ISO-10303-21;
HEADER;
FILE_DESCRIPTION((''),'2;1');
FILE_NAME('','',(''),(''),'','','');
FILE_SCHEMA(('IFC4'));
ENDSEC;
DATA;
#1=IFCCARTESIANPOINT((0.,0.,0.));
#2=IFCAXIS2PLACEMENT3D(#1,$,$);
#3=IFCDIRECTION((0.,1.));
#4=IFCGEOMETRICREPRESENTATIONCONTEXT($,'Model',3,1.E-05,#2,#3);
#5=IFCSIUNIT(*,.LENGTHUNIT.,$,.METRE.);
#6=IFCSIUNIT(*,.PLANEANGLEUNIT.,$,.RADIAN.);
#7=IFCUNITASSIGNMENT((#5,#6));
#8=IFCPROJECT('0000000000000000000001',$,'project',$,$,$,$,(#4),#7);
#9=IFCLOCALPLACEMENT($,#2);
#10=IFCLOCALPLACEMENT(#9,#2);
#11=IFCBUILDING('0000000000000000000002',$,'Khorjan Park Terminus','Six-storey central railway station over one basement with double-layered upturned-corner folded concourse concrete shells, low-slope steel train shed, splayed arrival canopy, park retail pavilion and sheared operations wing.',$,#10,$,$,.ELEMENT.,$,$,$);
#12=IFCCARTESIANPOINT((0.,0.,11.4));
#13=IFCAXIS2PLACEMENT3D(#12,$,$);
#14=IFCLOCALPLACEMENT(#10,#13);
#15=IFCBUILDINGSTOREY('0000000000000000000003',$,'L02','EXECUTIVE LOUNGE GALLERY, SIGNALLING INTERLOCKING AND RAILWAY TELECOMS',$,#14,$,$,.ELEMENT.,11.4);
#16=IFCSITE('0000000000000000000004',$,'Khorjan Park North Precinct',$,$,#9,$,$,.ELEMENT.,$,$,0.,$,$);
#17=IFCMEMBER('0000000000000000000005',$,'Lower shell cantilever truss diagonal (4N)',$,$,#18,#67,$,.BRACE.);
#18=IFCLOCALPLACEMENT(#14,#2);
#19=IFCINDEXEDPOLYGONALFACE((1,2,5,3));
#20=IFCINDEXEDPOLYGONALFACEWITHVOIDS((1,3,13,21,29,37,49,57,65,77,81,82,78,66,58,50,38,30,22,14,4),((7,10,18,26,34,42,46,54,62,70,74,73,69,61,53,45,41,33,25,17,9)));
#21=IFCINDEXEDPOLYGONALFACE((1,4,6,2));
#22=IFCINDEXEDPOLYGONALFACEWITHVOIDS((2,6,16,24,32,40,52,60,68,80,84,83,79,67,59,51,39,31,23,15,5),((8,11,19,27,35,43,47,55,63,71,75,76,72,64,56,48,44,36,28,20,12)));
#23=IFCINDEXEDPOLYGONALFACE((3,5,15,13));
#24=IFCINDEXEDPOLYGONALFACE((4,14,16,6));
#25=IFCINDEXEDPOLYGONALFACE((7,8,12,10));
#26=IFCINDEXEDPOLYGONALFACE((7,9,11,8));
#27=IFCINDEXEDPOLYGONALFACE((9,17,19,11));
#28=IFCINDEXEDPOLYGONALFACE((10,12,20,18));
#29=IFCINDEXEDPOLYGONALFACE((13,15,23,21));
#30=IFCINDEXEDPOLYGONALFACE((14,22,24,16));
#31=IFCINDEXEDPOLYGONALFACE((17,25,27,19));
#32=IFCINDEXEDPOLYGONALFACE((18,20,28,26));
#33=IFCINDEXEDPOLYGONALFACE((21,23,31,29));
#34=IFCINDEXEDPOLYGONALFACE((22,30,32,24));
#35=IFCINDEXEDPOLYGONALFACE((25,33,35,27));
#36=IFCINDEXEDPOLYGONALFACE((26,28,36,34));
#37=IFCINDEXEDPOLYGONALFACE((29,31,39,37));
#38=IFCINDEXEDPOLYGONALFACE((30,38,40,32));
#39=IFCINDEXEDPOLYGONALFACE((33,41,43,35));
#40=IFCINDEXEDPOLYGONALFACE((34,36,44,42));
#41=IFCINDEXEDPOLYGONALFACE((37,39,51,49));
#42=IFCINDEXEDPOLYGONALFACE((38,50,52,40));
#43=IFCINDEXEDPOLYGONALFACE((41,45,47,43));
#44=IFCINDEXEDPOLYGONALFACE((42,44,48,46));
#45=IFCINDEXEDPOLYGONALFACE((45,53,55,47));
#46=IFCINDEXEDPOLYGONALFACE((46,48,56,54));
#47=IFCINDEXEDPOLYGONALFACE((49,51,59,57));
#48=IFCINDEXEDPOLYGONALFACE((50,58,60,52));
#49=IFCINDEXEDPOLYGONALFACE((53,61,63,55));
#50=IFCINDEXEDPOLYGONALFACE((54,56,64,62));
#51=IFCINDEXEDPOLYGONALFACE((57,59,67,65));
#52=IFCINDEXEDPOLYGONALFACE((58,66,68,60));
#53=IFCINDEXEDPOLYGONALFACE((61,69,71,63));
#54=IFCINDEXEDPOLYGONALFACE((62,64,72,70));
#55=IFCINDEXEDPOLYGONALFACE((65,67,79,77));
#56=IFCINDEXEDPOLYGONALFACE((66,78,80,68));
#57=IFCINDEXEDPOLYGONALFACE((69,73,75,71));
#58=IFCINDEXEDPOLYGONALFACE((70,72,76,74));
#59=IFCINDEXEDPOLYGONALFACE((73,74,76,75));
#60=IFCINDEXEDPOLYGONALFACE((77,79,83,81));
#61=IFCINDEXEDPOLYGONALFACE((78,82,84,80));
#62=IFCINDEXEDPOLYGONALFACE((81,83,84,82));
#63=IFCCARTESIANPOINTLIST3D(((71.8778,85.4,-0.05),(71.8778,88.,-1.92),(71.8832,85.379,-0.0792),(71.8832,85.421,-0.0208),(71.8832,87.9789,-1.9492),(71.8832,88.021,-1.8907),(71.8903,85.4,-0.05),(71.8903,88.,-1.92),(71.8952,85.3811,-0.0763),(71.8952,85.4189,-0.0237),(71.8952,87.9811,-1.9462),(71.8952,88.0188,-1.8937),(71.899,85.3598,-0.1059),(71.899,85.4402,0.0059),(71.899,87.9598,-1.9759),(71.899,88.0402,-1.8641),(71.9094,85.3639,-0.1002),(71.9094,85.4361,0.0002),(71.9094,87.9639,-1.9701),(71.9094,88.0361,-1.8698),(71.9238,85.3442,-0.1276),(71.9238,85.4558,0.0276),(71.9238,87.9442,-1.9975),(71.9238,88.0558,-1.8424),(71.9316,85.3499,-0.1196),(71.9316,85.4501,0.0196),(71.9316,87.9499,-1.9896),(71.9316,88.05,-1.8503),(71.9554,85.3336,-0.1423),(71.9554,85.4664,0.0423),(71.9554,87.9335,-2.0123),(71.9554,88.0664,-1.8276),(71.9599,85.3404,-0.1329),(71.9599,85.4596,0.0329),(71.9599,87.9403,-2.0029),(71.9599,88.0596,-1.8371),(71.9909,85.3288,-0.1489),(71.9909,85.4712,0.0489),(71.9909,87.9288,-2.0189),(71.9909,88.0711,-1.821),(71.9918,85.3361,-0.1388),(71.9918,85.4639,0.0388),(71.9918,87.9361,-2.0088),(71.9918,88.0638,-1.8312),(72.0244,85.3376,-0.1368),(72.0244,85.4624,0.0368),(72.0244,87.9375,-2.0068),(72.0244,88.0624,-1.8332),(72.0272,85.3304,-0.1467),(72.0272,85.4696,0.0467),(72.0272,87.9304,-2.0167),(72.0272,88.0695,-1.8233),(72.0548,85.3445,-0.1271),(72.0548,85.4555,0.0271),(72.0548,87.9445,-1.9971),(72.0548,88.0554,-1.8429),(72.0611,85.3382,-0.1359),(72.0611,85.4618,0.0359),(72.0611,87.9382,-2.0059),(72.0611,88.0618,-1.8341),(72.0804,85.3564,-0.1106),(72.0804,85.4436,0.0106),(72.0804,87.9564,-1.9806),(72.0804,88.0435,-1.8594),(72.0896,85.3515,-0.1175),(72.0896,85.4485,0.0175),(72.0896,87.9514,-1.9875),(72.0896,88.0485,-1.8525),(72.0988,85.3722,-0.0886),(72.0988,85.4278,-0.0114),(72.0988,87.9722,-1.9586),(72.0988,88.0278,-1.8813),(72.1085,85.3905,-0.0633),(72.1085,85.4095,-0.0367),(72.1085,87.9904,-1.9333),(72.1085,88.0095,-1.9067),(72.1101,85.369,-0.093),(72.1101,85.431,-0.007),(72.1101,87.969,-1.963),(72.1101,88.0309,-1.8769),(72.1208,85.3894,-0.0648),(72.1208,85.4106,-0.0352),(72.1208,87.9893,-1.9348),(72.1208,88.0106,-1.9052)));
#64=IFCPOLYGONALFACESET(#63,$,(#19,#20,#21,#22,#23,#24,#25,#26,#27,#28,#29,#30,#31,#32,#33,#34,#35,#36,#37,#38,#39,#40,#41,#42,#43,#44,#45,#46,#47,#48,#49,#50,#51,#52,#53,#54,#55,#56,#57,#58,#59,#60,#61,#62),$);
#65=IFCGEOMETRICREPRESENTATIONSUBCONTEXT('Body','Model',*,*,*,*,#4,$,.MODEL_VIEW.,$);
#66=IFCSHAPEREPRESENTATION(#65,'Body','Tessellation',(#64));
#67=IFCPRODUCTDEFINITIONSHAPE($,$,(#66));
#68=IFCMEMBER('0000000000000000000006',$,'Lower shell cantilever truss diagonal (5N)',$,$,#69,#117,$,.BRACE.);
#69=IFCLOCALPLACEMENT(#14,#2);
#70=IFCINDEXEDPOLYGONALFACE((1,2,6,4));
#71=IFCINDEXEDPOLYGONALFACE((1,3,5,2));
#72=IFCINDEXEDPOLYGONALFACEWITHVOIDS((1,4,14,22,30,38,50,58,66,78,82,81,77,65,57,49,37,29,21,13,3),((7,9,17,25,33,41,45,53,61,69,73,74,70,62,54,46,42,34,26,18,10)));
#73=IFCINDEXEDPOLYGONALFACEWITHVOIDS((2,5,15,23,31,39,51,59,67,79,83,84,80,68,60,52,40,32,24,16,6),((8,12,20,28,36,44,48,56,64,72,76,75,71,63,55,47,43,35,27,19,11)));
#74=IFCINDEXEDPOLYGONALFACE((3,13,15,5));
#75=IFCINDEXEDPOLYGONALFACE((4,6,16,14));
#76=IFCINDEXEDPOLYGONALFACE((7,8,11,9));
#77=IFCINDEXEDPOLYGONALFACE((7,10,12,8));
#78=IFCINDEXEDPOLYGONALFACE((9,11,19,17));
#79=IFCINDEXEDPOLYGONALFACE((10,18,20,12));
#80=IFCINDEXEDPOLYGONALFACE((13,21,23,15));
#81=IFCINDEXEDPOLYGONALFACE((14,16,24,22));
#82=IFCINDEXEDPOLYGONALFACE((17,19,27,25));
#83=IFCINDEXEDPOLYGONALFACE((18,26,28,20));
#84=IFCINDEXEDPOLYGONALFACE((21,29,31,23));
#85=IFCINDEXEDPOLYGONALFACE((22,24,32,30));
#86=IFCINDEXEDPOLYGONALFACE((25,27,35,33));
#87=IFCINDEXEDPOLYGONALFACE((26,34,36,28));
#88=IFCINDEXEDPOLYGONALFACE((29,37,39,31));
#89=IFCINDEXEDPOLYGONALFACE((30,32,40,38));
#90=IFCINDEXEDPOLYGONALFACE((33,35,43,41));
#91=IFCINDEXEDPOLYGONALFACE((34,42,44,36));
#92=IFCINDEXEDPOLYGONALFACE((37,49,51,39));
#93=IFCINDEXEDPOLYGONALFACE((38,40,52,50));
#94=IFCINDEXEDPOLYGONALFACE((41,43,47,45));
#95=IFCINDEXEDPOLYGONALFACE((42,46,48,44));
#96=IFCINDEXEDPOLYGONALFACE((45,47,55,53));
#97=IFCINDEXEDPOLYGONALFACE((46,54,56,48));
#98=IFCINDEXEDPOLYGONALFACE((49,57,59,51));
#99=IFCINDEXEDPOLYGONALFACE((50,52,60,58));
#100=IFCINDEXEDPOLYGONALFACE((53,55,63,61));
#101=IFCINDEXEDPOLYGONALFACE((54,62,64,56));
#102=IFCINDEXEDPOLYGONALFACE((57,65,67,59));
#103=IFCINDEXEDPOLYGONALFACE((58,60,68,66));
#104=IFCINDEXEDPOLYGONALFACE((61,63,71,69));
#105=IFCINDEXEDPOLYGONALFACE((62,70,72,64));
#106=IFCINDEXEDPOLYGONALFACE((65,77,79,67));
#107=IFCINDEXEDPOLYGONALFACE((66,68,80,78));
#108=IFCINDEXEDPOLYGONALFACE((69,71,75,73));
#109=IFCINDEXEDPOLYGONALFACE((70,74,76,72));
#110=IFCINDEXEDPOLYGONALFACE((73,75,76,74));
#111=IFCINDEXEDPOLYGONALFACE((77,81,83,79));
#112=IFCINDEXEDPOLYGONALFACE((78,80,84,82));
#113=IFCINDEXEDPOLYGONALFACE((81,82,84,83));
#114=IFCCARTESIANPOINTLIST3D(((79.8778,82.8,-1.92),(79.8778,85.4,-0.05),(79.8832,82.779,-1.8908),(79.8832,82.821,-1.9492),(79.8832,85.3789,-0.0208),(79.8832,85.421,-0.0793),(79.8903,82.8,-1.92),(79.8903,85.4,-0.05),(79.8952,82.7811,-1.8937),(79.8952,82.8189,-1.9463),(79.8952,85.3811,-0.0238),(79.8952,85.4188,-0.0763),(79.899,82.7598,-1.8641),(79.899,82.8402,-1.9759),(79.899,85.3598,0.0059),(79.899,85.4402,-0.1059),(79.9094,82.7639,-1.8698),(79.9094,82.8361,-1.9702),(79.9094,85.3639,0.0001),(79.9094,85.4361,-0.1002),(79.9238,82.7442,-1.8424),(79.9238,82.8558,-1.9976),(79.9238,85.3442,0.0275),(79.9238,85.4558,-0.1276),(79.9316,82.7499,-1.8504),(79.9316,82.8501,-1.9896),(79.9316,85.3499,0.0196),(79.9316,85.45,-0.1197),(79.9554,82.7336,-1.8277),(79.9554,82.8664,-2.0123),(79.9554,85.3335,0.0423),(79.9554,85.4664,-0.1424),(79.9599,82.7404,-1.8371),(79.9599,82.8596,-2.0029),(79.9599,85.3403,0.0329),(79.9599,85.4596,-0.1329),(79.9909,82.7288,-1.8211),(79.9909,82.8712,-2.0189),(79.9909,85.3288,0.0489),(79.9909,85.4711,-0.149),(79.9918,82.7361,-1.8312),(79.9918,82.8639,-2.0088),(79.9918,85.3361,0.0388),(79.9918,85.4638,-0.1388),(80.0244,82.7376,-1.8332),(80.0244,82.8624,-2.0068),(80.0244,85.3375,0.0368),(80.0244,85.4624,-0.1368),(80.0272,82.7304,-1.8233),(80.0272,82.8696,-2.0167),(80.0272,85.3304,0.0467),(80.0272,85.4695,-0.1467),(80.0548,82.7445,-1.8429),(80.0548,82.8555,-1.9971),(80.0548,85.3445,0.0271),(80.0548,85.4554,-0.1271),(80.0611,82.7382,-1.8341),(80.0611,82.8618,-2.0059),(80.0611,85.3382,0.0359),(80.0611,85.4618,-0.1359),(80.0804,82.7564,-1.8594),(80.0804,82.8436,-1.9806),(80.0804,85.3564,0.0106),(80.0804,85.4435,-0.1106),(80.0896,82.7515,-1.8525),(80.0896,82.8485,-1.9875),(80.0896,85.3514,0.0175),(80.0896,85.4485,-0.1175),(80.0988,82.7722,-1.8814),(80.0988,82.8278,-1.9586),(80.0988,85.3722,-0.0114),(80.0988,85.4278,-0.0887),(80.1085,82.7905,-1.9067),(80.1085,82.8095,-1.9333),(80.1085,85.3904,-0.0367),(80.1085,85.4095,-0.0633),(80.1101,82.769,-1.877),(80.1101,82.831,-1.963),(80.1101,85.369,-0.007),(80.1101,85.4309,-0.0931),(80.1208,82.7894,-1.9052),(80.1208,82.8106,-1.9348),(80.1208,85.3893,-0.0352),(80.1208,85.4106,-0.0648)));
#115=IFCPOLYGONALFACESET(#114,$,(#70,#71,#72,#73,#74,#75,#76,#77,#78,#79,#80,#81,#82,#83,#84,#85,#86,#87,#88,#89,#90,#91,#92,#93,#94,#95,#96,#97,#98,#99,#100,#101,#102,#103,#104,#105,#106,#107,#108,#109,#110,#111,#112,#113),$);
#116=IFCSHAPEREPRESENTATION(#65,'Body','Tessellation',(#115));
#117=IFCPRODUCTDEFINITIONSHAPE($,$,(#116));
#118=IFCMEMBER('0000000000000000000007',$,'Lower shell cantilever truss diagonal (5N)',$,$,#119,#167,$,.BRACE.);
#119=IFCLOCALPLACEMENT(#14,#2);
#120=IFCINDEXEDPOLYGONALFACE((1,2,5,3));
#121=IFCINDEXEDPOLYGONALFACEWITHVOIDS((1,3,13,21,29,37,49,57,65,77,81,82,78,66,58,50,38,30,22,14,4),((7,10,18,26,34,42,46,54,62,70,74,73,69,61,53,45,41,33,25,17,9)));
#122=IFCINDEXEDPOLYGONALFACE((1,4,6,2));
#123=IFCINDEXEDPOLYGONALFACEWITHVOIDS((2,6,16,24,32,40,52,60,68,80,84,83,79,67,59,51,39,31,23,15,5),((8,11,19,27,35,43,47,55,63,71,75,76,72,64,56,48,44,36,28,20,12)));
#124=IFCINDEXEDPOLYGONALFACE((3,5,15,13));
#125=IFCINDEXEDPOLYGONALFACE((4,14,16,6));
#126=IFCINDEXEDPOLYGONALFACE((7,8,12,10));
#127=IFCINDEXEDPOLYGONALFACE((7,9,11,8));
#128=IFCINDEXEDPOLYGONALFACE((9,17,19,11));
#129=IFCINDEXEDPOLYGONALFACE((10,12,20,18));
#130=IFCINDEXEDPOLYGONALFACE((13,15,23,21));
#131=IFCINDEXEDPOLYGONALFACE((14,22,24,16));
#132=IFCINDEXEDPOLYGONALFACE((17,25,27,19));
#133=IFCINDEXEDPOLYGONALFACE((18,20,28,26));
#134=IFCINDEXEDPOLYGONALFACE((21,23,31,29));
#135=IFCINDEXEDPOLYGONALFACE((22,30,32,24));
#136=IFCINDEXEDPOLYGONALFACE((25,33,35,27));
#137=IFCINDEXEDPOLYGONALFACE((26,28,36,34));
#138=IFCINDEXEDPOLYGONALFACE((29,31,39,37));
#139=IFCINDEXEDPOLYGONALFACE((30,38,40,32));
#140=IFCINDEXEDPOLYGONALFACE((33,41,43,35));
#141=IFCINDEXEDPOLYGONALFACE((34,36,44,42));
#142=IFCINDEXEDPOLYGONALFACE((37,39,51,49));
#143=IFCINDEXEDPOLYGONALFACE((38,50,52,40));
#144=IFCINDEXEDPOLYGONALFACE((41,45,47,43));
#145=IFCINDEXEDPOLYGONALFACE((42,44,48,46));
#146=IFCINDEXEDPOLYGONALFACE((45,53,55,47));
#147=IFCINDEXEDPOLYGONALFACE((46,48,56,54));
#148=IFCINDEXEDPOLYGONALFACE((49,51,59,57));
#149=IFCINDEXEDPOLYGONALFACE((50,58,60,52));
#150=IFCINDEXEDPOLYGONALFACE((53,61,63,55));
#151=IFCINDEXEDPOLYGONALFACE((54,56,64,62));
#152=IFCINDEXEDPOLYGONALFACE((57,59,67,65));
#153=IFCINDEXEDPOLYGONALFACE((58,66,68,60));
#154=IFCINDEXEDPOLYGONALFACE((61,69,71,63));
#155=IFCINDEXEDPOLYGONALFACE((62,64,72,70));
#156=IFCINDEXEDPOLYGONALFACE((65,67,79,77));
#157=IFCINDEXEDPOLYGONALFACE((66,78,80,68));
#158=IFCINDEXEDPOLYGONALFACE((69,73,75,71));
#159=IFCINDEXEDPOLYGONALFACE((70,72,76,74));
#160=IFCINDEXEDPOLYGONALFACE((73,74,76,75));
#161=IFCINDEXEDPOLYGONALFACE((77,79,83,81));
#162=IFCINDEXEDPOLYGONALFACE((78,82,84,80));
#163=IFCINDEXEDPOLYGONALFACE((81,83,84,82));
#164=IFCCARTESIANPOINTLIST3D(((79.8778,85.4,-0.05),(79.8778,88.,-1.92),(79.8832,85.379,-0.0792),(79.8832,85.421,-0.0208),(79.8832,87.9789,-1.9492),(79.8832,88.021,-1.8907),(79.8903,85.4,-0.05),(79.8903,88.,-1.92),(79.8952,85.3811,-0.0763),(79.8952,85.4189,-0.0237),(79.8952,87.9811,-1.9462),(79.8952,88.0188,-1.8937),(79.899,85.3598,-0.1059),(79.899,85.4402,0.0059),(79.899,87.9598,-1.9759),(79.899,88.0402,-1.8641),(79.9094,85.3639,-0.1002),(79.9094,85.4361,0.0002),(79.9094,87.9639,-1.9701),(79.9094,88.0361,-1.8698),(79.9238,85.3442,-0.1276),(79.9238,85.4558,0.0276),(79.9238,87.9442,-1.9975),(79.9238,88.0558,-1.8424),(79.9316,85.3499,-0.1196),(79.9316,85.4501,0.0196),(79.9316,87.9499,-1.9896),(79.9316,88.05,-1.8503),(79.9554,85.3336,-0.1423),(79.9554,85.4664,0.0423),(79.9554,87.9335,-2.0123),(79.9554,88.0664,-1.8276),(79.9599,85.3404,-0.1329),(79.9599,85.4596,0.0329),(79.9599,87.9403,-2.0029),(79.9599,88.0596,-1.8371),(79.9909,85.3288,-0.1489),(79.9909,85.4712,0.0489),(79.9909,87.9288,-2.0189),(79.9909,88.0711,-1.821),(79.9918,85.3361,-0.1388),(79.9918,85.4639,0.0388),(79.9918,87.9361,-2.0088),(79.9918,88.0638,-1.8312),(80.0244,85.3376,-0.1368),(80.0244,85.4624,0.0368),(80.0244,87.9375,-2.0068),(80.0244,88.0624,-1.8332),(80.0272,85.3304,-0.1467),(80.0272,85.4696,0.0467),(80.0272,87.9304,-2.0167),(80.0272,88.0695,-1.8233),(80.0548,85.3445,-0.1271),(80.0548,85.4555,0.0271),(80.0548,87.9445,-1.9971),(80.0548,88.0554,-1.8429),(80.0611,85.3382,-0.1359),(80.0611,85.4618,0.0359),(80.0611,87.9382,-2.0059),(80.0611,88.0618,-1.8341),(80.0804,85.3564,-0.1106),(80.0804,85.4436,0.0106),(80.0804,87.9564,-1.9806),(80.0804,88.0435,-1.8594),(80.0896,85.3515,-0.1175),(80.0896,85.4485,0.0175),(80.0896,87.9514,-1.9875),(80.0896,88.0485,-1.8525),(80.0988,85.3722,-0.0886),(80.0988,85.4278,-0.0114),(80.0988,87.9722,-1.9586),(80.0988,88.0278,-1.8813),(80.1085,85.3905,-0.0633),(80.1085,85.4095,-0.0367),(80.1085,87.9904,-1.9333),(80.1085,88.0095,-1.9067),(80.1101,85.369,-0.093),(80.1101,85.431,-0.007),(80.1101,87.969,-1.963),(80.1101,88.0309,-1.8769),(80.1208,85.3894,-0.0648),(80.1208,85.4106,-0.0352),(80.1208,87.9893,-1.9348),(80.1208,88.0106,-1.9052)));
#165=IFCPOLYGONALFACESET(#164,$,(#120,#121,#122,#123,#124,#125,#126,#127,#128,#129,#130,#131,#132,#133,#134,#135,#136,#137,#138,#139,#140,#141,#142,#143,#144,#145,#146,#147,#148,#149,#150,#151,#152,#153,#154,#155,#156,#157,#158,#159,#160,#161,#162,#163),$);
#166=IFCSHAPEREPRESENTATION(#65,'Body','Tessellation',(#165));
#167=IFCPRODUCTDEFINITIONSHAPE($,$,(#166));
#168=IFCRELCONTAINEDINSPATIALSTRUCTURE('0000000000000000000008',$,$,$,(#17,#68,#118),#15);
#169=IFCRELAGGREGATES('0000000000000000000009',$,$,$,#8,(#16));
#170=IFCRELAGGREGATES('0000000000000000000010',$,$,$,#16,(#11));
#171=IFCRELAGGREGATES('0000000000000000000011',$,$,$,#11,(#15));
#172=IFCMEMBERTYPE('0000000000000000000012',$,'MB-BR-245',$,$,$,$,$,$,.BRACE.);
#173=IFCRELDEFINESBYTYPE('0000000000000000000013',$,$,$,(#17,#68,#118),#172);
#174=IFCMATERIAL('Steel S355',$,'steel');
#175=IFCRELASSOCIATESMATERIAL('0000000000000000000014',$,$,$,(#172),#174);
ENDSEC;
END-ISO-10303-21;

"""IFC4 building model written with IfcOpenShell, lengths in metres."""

from ifc_helpers import new_model, si_unit, direction, frame, origin, origin_2d, place, context, subcontext, project, spatial, hollow_circle, extrude, material, material_profile, profile_set, type_object, element, save


model = new_model("IFC4")

# Units and contexts
model_context = context("Model", 3, precision=1e-05, world=origin(), true_north=direction((0.0, 1.0)))
body_context = subcontext(model_context, "Body", "Model", "MODEL_VIEW")
ifc_project = project(units=[si_unit("LENGTHUNIT", "METRE"), si_unit("PLANEANGLEUNIT", "RADIAN")], contexts=[model_context])

# Site, building, storey
site_placement = place(None, origin())
site = spatial("IfcSite", under=ifc_project, at=site_placement, Name="Khorjan Park North Precinct", CompositionType="ELEMENT", RefElevation=0.0)
building_placement = place(site_placement, origin())
building = spatial("IfcBuilding", under=site, at=building_placement, Name="Khorjan Park Terminus", Description="Six-storey central railway station over one basement with double-layered upturned-corner folded concourse concrete shells, low-slope steel train shed, splayed arrival canopy, park retail pavilion and sheared operations wing.", CompositionType="ELEMENT")
storey_placement = place(building_placement, frame((0.0, 0.0, 11.4)))
storey = spatial("IfcBuildingStorey", under=building, at=storey_placement, Name="L02", Description="EXECUTIVE LOUNGE GALLERY, SIGNALLING INTERLOCKING AND RAILWAY TELECOMS", CompositionType="ELEMENT", Elevation=11.4)

# Members
ifc_material_1 = material(Name="Steel S355", Category="steel")
ifc_material_profile_1 = material_profile(ifc_material_1, hollow_circle(Radius=0.1222, WallThickness=0.0125, at=origin_2d()), Name="CHS 244.5x12.5")
ifc_profile_set_1 = profile_set([ifc_material_profile_1], Name="Steel S355")
member_type_1 = type_object("IfcMemberType", Name="MB-BR-245", PredefinedType="BRACE", material=ifc_profile_set_1)
for number, where, z_axis, x_axis, name in (
    (1, (72.0, 85.4, -0.05), (0.0, 0.81183, -0.583893), (-1.0, 0.0, 0.0), "Lower shell cantilever truss diagonal (4N)"),
    (2, (80.0, 82.8, -1.92), (0.0, 0.81183, 0.583893), (-1.0, 0.0, 0.0), "Lower shell cantilever truss diagonal (5N)"),
    (3, (80.0, 85.4, -0.05), (0.0, 0.81183, -0.583893), (-1.0, 0.0, 0.0), "Lower shell cantilever truss diagonal (5N)"),
):
    element("IfcMember", number, at=place(storey_placement, frame(where, z_axis=z_axis, x_axis=x_axis)), inside=storey, type_object=member_type_1, Name=name, PredefinedType="BRACE", context=body_context, shape_type="SweptSolid", body=[
        extrude(hollow_circle(Radius=0.1222, WallThickness=0.0125, at=origin_2d()), origin(), (0.0, 0.0, 1.0), 3.2026),
    ])

save(model, "model.ifc")
